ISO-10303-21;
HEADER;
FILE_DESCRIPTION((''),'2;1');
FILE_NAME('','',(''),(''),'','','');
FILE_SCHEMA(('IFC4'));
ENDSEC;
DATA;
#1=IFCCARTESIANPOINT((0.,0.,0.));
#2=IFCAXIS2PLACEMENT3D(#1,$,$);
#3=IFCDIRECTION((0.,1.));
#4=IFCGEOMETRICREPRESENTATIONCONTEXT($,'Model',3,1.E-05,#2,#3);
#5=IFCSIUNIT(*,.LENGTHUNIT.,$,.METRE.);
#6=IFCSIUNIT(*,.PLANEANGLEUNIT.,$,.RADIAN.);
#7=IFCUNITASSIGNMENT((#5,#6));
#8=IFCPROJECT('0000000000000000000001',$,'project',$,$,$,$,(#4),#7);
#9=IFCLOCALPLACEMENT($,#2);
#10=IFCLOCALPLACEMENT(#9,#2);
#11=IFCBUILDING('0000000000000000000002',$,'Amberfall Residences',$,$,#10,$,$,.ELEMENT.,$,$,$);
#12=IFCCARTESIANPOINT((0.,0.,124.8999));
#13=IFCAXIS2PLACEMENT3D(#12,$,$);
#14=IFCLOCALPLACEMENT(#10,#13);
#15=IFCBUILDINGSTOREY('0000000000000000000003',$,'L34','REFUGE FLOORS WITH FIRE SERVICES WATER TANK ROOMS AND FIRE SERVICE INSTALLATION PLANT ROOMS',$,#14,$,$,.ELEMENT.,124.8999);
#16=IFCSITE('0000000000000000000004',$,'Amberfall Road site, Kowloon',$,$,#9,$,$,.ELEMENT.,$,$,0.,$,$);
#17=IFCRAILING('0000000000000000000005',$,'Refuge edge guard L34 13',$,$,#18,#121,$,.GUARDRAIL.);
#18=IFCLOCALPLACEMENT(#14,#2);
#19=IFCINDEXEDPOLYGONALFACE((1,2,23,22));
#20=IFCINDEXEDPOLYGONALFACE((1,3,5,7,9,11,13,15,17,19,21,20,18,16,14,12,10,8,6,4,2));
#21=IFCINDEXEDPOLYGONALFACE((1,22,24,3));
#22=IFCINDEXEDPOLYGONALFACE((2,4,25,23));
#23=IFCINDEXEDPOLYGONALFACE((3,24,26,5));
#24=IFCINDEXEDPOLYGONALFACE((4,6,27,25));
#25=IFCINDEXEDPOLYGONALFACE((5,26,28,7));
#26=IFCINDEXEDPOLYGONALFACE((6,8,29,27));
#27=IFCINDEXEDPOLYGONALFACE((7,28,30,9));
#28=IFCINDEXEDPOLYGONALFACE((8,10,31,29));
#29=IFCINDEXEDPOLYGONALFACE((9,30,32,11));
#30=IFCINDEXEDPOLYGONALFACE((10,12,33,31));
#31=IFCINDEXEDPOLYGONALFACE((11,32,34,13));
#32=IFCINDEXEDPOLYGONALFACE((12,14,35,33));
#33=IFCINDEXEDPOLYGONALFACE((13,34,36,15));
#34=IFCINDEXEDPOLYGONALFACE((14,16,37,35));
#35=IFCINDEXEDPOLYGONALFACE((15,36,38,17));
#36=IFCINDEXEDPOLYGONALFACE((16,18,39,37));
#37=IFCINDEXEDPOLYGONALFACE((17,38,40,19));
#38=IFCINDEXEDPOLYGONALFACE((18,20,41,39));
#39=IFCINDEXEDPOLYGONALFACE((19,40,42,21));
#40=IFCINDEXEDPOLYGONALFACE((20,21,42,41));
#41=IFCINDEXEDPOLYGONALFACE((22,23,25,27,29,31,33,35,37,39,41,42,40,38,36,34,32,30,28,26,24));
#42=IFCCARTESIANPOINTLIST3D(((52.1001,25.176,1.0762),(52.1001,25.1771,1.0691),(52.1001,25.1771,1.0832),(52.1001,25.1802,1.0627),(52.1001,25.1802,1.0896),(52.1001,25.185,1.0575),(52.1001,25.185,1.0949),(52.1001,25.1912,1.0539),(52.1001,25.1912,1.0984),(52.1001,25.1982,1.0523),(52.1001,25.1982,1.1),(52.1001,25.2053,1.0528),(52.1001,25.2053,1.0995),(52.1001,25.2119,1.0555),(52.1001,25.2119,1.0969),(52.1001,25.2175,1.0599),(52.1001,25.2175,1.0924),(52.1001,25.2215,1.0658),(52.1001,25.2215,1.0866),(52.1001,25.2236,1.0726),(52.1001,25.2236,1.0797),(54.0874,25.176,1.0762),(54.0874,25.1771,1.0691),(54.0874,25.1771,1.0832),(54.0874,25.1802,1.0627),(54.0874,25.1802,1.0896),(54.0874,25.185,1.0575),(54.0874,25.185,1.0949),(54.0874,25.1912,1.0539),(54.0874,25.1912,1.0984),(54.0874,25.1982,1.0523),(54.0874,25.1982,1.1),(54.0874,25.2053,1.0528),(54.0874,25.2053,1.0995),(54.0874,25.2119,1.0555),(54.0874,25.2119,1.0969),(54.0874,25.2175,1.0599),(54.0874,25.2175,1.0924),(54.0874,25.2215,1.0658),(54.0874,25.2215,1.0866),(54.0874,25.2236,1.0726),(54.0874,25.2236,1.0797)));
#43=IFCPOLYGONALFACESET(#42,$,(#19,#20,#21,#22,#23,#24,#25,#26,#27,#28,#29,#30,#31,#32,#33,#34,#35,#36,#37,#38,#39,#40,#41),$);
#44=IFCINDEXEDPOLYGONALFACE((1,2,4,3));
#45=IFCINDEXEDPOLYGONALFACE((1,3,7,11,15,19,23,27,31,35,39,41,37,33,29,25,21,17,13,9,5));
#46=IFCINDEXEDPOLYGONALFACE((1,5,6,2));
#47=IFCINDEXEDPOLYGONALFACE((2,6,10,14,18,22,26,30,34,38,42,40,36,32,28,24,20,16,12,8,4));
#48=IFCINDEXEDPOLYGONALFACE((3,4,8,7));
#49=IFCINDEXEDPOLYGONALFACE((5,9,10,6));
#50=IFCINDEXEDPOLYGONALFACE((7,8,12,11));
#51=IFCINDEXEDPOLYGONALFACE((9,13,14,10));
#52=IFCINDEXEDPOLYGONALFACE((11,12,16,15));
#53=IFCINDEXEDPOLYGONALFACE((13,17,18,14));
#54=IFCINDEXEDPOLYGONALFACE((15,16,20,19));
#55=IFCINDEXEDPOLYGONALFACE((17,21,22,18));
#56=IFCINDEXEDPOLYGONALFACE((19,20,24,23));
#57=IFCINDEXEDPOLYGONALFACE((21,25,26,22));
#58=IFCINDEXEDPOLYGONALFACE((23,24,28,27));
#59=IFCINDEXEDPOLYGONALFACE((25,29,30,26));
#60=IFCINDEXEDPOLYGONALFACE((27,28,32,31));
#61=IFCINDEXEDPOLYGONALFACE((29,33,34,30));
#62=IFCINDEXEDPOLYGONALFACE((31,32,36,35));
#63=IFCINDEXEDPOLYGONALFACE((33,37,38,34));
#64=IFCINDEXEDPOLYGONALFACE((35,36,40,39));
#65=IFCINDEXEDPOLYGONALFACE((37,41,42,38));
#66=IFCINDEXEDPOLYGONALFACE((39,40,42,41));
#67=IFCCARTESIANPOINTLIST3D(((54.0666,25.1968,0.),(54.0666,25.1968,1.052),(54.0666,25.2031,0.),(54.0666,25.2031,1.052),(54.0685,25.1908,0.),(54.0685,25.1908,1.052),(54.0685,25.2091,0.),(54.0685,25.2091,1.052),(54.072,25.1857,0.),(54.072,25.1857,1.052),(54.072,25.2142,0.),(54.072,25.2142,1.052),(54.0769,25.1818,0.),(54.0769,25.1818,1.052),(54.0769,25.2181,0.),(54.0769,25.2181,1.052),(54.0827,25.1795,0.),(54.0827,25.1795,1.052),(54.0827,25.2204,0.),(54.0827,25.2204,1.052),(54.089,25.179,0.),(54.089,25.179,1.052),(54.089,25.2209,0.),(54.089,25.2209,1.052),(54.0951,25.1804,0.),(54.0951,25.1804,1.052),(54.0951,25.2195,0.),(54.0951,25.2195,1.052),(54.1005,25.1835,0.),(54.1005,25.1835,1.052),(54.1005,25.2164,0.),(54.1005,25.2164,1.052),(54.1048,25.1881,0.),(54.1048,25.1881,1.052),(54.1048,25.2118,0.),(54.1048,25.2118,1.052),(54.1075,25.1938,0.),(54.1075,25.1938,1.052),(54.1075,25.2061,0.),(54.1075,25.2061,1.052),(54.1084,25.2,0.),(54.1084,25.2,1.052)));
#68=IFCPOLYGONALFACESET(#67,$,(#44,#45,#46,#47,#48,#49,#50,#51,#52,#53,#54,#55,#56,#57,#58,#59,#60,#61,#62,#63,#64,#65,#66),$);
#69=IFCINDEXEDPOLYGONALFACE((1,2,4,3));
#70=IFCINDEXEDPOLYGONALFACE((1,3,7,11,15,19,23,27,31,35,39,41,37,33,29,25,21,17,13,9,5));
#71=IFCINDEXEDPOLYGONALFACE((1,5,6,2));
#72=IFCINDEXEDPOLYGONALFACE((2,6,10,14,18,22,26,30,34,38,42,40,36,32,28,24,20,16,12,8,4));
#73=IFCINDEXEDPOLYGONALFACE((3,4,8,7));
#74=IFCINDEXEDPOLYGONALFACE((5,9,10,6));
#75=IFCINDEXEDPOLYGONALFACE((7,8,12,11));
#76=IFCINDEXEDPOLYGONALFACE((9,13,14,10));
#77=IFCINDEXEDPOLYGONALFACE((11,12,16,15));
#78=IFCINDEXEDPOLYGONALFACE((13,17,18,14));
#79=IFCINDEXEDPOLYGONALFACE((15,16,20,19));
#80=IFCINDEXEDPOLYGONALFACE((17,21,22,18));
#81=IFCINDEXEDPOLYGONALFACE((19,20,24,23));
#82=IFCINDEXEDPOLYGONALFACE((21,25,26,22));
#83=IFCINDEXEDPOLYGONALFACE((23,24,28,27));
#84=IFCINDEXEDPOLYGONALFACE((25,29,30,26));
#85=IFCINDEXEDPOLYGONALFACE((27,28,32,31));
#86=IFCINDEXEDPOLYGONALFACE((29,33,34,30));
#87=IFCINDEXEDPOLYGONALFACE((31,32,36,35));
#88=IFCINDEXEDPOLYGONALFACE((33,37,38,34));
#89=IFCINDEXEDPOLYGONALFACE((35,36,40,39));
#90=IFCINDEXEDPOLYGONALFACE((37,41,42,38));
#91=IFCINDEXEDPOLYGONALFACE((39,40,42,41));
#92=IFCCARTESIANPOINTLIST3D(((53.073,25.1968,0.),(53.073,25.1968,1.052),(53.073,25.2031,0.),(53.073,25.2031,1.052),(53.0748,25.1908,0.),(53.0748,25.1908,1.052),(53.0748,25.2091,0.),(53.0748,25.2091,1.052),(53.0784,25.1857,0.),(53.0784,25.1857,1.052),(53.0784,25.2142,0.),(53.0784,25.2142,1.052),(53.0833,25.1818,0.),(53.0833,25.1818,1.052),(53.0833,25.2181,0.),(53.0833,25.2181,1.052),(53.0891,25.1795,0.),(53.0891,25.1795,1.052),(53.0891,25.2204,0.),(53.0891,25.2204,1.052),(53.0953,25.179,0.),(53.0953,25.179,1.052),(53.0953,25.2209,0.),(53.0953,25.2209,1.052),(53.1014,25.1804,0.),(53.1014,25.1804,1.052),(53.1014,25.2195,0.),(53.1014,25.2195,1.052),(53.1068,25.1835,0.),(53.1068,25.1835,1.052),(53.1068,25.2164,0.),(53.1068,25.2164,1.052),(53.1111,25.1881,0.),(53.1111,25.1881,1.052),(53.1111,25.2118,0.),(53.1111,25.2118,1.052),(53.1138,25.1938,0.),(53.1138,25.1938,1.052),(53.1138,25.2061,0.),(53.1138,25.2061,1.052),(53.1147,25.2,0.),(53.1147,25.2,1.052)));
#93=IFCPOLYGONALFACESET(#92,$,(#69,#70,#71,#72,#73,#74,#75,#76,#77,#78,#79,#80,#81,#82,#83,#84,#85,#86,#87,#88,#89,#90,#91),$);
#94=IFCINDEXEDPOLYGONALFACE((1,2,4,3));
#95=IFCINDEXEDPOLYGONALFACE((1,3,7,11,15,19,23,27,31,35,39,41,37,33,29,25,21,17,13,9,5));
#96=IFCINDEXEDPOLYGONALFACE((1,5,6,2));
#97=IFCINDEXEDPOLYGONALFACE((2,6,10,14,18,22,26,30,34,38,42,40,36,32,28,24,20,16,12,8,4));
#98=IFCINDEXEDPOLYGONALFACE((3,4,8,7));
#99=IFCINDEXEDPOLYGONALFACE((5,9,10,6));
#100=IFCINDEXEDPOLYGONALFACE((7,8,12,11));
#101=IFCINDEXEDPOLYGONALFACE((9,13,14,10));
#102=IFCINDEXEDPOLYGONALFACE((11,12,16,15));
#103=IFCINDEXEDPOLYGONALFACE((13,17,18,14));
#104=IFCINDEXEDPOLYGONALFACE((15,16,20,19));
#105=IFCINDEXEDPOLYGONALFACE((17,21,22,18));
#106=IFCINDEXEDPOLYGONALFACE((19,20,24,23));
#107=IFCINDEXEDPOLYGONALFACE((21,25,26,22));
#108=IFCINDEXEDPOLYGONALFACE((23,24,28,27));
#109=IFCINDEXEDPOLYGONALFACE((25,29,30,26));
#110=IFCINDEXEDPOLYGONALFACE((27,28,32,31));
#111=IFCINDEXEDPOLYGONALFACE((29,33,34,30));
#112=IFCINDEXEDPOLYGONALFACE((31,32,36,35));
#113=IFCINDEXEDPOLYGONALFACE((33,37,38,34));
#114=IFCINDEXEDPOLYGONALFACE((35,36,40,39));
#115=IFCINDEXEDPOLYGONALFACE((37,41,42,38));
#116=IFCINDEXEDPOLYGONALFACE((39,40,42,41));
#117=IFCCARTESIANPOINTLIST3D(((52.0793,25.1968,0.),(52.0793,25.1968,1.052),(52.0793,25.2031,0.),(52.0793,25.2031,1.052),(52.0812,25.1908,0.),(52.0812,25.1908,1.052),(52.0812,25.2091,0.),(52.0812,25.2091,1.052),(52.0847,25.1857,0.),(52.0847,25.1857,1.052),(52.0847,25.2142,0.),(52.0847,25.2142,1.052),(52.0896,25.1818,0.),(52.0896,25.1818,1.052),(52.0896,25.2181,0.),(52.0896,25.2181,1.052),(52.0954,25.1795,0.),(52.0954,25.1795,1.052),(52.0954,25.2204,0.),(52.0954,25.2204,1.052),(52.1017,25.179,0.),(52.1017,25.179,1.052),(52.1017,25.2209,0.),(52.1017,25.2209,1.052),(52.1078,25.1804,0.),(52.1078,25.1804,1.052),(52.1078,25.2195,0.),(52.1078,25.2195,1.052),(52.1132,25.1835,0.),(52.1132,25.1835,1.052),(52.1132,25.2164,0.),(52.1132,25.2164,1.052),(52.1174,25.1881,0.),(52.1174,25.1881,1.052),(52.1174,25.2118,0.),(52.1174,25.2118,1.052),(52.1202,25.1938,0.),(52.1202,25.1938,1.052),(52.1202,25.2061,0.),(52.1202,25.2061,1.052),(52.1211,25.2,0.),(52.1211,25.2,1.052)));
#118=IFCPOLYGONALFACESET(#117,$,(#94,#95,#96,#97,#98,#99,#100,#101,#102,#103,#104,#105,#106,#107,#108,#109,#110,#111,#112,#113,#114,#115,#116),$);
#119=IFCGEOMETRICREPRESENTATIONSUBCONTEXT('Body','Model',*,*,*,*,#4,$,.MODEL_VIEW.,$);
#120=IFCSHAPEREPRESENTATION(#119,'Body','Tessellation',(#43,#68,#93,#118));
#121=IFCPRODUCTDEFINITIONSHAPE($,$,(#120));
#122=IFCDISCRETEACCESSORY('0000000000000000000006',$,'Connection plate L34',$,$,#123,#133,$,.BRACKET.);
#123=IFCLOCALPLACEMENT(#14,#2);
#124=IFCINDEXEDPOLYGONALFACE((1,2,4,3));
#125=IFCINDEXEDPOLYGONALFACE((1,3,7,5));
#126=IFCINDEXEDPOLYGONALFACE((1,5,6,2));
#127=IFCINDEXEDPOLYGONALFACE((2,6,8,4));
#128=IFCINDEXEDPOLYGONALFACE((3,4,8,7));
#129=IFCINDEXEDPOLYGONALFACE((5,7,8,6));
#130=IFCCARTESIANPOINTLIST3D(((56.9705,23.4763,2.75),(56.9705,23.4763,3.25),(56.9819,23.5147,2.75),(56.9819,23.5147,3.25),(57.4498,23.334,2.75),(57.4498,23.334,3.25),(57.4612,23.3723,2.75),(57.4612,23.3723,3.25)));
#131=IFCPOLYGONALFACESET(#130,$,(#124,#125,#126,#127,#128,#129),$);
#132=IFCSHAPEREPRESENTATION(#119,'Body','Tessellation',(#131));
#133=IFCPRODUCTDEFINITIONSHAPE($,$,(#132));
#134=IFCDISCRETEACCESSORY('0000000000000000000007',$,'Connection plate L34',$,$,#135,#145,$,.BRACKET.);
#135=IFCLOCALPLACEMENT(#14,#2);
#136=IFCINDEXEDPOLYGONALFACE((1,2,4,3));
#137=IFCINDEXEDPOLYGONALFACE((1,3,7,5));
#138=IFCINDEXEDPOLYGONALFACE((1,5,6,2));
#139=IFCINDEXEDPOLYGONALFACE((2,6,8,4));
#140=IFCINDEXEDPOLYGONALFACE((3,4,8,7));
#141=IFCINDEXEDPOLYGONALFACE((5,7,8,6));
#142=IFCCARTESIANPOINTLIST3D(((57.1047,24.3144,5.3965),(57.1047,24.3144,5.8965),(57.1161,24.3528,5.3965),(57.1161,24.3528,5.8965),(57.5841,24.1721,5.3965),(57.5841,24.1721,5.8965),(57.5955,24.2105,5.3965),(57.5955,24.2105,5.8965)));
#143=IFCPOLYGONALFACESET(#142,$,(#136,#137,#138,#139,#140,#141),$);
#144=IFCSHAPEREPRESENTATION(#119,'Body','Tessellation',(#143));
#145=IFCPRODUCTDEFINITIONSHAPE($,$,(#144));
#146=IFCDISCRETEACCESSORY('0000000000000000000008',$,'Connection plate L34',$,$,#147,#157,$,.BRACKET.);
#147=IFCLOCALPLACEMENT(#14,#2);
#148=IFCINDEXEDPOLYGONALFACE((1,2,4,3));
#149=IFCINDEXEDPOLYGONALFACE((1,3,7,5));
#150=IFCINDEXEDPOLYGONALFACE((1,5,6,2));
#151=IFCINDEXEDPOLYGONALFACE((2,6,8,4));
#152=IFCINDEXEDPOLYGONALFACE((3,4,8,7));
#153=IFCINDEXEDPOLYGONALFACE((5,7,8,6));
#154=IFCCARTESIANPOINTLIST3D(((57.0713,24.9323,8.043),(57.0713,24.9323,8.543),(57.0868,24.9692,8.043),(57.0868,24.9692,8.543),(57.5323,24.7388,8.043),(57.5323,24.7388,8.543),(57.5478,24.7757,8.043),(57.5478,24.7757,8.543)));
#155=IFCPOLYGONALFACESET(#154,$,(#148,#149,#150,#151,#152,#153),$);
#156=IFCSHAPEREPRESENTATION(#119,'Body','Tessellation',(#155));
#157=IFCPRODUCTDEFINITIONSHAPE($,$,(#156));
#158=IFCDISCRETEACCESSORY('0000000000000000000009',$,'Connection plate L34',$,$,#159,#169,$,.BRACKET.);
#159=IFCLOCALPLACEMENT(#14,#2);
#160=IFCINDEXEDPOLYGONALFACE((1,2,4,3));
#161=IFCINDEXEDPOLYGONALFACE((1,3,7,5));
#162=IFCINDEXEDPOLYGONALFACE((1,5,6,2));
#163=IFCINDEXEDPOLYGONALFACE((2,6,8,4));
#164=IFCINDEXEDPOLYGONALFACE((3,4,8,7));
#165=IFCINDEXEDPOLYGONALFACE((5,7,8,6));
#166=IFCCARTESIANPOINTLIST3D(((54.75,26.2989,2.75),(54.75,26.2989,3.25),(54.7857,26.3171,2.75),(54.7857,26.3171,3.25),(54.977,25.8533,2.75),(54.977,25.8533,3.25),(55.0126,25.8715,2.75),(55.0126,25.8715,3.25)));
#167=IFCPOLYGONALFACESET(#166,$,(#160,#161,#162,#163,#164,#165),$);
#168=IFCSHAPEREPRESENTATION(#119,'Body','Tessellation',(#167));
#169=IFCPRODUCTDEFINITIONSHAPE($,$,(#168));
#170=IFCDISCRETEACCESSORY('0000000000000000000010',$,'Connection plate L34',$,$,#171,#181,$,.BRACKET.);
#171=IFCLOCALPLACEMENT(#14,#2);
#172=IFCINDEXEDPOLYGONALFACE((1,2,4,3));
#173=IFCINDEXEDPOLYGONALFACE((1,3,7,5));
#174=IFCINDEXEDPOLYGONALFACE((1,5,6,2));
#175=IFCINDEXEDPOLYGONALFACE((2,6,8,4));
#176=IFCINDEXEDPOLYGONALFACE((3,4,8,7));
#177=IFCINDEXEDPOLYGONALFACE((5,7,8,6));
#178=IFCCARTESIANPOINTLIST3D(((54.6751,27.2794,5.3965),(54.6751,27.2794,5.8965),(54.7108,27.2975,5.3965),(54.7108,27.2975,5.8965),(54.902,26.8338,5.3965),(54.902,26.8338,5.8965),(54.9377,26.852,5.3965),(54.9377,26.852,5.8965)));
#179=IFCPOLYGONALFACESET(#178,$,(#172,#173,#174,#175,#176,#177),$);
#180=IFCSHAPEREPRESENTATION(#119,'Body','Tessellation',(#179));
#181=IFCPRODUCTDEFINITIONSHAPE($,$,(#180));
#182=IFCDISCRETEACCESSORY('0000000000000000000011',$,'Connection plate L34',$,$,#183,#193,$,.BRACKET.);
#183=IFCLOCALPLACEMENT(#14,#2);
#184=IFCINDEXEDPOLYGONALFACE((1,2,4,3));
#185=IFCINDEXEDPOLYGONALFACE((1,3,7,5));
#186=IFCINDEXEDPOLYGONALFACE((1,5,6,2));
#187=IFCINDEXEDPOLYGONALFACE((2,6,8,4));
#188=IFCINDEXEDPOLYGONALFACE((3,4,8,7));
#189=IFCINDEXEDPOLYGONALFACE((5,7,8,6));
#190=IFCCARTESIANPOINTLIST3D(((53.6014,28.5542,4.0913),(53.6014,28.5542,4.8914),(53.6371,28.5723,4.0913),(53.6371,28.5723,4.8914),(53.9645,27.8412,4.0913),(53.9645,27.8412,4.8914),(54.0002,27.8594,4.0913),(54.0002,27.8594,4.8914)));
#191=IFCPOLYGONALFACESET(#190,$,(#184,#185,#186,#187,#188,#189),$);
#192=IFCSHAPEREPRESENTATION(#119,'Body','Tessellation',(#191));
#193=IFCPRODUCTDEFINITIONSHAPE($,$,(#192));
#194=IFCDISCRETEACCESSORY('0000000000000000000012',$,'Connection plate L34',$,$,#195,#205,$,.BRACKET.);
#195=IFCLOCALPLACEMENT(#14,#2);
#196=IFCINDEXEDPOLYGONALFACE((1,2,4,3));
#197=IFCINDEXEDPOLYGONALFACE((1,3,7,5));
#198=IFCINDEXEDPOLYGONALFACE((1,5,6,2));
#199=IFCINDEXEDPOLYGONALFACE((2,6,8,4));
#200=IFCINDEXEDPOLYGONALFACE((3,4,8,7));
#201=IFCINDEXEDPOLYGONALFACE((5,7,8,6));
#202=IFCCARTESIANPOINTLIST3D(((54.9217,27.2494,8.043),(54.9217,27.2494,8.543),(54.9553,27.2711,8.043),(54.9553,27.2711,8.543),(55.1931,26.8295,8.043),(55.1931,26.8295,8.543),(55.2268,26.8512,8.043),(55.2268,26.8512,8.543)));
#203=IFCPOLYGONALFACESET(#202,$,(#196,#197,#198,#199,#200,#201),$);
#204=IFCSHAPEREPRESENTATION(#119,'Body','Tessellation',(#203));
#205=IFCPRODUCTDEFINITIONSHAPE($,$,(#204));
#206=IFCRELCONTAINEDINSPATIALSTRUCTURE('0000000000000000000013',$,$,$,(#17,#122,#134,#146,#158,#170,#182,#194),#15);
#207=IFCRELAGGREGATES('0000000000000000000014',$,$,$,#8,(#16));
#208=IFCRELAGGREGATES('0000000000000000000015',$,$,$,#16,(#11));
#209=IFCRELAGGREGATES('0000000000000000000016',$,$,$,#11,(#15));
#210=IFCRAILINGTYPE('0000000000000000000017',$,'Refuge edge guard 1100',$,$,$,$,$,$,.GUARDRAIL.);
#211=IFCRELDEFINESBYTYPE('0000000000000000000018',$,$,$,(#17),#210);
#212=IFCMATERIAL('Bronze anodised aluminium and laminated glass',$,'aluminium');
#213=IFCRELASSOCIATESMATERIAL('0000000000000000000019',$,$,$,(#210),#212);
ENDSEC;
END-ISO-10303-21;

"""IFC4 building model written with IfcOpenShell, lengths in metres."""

from ifc_helpers import new_model, si_unit, direction, frame, origin, origin_2d, place, context, subcontext, project, spatial, rectangle, circle, extrude, material, type_object, element, save


model = new_model("IFC4")

# Units and contexts
model_context = context("Model", 3, precision=1e-05, world=origin(), true_north=direction((0.0, 1.0)))
body_context = subcontext(model_context, "Body", "Model", "MODEL_VIEW")
ifc_project = project(units=[si_unit("LENGTHUNIT", "METRE"), si_unit("PLANEANGLEUNIT", "RADIAN")], contexts=[model_context])

# Site, building, storey
site_placement = place(None, origin())
site = spatial("IfcSite", under=ifc_project, at=site_placement, Name="Amberfall Road site, Kowloon", CompositionType="ELEMENT", RefElevation=0.0)
building_placement = place(site_placement, origin())
building = spatial("IfcBuilding", under=site, at=building_placement, Name="Amberfall Residences", CompositionType="ELEMENT")
storey_placement = place(building_placement, frame((0.0, 0.0, 124.8999)))
storey = spatial("IfcBuildingStorey", under=building, at=storey_placement, Name="L34", Description="REFUGE FLOORS WITH FIRE SERVICES WATER TANK ROOMS AND FIRE SERVICE INSTALLATION PLANT ROOMS", CompositionType="ELEMENT", Elevation=124.8999)

# Railing
ifc_material_1 = material(Name="Bronze anodised aluminium and laminated glass", Category="aluminium")
railing_type = type_object("IfcRailingType", Name="Refuge edge guard 1100", PredefinedType="GUARDRAIL", material=ifc_material_1)
railing_1_placement = place(storey_placement, frame((54.0874, 25.2, 0.0)))
element("IfcRailing", 1, at=railing_1_placement, inside=storey, type_object=railing_type, Name="Refuge edge guard L34 13", PredefinedType="GUARDRAIL", context=body_context, shape_type="SweptSolid", body=[
    extrude(circle(Radius=0.0239, at=origin_2d()), frame((0.0, 0.0, 1.0762), z_axis=(-1.0, 0.0, 0.0), x_axis=(0.0, -1.0, 0.0)), (0.0, 0.0, 1.0), 1.9873),
    extrude(circle(Radius=0.021, at=origin_2d()), origin(), (0.0, 0.0, 1.0), 1.052),
    extrude(circle(Radius=0.021, at=origin_2d()), frame((-0.9937, 0.0, 0.0)), (0.0, 0.0, 1.0), 1.052),
    extrude(circle(Radius=0.021, at=origin_2d()), frame((-1.9873, 0.0, 0.0)), (0.0, 0.0, 1.0), 1.052),
])

# Discrete accessories
for number, where, z_axis, x_axis, name in (
    (2, (57.2158, 23.4243, 2.75), (0.0, 0.0, 1.0), (0.958621, -0.284685, 0.0), "Connection plate L34"),
    (3, (57.3501, 24.2625, 5.3965), (0.0, 0.0, 1.0), (0.958621, -0.284685, 0.0), "Connection plate L34"),
    (4, (57.3096, 24.854, 8.043), (0.0, 0.0, 1.0), (0.922019, -0.387145, 0.0), "Connection plate L34"),
    (5, (54.8813, 26.0852, 2.75), (0.0, 0.0, 1.0), (-0.453835, 0.891086, 0.0), "Connection plate L34"),
    (6, (54.8064, 27.0657, 5.3965), (0.0, 0.0, 1.0), (-0.453835, 0.891086, 0.0), "Connection plate L34"),
):
    element("IfcDiscreteAccessory", number, at=place(storey_placement, frame(where, z_axis=z_axis, x_axis=x_axis)), inside=storey, Name=name, PredefinedType="BRACKET", context=body_context, shape_type="SweptSolid", body=[
        extrude(rectangle(XDim=0.5, YDim=0.04, at=origin_2d()), origin(), (0.0, 0.0, 1.0), 0.5),
    ])
discrete_accessory_1_placement = place(storey_placement, frame((53.8008, 28.2068, 4.0913), z_axis=(0.0, 0.0, 1.0), x_axis=(-0.453835, 0.891086, 0.0)))
element("IfcDiscreteAccessory", 7, at=discrete_accessory_1_placement, inside=storey, Name="Connection plate L34", PredefinedType="BRACKET", context=body_context, shape_type="SweptSolid", body=[
    extrude(rectangle(XDim=0.8, YDim=0.04, at=origin_2d()), origin(), (0.0, 0.0, 1.0), 0.8),
])
discrete_accessory_2_placement = place(storey_placement, frame((55.0742, 27.0503, 8.043), z_axis=(0.0, 0.0, 1.0), x_axis=(-0.54294, 0.839772, 0.0)))
element("IfcDiscreteAccessory", 8, at=discrete_accessory_2_placement, inside=storey, Name="Connection plate L34", PredefinedType="BRACKET", context=body_context, shape_type="SweptSolid", body=[
    extrude(rectangle(XDim=0.5, YDim=0.04, at=origin_2d()), origin(), (0.0, 0.0, 1.0), 0.5),
])

save(model, "model.ifc")
